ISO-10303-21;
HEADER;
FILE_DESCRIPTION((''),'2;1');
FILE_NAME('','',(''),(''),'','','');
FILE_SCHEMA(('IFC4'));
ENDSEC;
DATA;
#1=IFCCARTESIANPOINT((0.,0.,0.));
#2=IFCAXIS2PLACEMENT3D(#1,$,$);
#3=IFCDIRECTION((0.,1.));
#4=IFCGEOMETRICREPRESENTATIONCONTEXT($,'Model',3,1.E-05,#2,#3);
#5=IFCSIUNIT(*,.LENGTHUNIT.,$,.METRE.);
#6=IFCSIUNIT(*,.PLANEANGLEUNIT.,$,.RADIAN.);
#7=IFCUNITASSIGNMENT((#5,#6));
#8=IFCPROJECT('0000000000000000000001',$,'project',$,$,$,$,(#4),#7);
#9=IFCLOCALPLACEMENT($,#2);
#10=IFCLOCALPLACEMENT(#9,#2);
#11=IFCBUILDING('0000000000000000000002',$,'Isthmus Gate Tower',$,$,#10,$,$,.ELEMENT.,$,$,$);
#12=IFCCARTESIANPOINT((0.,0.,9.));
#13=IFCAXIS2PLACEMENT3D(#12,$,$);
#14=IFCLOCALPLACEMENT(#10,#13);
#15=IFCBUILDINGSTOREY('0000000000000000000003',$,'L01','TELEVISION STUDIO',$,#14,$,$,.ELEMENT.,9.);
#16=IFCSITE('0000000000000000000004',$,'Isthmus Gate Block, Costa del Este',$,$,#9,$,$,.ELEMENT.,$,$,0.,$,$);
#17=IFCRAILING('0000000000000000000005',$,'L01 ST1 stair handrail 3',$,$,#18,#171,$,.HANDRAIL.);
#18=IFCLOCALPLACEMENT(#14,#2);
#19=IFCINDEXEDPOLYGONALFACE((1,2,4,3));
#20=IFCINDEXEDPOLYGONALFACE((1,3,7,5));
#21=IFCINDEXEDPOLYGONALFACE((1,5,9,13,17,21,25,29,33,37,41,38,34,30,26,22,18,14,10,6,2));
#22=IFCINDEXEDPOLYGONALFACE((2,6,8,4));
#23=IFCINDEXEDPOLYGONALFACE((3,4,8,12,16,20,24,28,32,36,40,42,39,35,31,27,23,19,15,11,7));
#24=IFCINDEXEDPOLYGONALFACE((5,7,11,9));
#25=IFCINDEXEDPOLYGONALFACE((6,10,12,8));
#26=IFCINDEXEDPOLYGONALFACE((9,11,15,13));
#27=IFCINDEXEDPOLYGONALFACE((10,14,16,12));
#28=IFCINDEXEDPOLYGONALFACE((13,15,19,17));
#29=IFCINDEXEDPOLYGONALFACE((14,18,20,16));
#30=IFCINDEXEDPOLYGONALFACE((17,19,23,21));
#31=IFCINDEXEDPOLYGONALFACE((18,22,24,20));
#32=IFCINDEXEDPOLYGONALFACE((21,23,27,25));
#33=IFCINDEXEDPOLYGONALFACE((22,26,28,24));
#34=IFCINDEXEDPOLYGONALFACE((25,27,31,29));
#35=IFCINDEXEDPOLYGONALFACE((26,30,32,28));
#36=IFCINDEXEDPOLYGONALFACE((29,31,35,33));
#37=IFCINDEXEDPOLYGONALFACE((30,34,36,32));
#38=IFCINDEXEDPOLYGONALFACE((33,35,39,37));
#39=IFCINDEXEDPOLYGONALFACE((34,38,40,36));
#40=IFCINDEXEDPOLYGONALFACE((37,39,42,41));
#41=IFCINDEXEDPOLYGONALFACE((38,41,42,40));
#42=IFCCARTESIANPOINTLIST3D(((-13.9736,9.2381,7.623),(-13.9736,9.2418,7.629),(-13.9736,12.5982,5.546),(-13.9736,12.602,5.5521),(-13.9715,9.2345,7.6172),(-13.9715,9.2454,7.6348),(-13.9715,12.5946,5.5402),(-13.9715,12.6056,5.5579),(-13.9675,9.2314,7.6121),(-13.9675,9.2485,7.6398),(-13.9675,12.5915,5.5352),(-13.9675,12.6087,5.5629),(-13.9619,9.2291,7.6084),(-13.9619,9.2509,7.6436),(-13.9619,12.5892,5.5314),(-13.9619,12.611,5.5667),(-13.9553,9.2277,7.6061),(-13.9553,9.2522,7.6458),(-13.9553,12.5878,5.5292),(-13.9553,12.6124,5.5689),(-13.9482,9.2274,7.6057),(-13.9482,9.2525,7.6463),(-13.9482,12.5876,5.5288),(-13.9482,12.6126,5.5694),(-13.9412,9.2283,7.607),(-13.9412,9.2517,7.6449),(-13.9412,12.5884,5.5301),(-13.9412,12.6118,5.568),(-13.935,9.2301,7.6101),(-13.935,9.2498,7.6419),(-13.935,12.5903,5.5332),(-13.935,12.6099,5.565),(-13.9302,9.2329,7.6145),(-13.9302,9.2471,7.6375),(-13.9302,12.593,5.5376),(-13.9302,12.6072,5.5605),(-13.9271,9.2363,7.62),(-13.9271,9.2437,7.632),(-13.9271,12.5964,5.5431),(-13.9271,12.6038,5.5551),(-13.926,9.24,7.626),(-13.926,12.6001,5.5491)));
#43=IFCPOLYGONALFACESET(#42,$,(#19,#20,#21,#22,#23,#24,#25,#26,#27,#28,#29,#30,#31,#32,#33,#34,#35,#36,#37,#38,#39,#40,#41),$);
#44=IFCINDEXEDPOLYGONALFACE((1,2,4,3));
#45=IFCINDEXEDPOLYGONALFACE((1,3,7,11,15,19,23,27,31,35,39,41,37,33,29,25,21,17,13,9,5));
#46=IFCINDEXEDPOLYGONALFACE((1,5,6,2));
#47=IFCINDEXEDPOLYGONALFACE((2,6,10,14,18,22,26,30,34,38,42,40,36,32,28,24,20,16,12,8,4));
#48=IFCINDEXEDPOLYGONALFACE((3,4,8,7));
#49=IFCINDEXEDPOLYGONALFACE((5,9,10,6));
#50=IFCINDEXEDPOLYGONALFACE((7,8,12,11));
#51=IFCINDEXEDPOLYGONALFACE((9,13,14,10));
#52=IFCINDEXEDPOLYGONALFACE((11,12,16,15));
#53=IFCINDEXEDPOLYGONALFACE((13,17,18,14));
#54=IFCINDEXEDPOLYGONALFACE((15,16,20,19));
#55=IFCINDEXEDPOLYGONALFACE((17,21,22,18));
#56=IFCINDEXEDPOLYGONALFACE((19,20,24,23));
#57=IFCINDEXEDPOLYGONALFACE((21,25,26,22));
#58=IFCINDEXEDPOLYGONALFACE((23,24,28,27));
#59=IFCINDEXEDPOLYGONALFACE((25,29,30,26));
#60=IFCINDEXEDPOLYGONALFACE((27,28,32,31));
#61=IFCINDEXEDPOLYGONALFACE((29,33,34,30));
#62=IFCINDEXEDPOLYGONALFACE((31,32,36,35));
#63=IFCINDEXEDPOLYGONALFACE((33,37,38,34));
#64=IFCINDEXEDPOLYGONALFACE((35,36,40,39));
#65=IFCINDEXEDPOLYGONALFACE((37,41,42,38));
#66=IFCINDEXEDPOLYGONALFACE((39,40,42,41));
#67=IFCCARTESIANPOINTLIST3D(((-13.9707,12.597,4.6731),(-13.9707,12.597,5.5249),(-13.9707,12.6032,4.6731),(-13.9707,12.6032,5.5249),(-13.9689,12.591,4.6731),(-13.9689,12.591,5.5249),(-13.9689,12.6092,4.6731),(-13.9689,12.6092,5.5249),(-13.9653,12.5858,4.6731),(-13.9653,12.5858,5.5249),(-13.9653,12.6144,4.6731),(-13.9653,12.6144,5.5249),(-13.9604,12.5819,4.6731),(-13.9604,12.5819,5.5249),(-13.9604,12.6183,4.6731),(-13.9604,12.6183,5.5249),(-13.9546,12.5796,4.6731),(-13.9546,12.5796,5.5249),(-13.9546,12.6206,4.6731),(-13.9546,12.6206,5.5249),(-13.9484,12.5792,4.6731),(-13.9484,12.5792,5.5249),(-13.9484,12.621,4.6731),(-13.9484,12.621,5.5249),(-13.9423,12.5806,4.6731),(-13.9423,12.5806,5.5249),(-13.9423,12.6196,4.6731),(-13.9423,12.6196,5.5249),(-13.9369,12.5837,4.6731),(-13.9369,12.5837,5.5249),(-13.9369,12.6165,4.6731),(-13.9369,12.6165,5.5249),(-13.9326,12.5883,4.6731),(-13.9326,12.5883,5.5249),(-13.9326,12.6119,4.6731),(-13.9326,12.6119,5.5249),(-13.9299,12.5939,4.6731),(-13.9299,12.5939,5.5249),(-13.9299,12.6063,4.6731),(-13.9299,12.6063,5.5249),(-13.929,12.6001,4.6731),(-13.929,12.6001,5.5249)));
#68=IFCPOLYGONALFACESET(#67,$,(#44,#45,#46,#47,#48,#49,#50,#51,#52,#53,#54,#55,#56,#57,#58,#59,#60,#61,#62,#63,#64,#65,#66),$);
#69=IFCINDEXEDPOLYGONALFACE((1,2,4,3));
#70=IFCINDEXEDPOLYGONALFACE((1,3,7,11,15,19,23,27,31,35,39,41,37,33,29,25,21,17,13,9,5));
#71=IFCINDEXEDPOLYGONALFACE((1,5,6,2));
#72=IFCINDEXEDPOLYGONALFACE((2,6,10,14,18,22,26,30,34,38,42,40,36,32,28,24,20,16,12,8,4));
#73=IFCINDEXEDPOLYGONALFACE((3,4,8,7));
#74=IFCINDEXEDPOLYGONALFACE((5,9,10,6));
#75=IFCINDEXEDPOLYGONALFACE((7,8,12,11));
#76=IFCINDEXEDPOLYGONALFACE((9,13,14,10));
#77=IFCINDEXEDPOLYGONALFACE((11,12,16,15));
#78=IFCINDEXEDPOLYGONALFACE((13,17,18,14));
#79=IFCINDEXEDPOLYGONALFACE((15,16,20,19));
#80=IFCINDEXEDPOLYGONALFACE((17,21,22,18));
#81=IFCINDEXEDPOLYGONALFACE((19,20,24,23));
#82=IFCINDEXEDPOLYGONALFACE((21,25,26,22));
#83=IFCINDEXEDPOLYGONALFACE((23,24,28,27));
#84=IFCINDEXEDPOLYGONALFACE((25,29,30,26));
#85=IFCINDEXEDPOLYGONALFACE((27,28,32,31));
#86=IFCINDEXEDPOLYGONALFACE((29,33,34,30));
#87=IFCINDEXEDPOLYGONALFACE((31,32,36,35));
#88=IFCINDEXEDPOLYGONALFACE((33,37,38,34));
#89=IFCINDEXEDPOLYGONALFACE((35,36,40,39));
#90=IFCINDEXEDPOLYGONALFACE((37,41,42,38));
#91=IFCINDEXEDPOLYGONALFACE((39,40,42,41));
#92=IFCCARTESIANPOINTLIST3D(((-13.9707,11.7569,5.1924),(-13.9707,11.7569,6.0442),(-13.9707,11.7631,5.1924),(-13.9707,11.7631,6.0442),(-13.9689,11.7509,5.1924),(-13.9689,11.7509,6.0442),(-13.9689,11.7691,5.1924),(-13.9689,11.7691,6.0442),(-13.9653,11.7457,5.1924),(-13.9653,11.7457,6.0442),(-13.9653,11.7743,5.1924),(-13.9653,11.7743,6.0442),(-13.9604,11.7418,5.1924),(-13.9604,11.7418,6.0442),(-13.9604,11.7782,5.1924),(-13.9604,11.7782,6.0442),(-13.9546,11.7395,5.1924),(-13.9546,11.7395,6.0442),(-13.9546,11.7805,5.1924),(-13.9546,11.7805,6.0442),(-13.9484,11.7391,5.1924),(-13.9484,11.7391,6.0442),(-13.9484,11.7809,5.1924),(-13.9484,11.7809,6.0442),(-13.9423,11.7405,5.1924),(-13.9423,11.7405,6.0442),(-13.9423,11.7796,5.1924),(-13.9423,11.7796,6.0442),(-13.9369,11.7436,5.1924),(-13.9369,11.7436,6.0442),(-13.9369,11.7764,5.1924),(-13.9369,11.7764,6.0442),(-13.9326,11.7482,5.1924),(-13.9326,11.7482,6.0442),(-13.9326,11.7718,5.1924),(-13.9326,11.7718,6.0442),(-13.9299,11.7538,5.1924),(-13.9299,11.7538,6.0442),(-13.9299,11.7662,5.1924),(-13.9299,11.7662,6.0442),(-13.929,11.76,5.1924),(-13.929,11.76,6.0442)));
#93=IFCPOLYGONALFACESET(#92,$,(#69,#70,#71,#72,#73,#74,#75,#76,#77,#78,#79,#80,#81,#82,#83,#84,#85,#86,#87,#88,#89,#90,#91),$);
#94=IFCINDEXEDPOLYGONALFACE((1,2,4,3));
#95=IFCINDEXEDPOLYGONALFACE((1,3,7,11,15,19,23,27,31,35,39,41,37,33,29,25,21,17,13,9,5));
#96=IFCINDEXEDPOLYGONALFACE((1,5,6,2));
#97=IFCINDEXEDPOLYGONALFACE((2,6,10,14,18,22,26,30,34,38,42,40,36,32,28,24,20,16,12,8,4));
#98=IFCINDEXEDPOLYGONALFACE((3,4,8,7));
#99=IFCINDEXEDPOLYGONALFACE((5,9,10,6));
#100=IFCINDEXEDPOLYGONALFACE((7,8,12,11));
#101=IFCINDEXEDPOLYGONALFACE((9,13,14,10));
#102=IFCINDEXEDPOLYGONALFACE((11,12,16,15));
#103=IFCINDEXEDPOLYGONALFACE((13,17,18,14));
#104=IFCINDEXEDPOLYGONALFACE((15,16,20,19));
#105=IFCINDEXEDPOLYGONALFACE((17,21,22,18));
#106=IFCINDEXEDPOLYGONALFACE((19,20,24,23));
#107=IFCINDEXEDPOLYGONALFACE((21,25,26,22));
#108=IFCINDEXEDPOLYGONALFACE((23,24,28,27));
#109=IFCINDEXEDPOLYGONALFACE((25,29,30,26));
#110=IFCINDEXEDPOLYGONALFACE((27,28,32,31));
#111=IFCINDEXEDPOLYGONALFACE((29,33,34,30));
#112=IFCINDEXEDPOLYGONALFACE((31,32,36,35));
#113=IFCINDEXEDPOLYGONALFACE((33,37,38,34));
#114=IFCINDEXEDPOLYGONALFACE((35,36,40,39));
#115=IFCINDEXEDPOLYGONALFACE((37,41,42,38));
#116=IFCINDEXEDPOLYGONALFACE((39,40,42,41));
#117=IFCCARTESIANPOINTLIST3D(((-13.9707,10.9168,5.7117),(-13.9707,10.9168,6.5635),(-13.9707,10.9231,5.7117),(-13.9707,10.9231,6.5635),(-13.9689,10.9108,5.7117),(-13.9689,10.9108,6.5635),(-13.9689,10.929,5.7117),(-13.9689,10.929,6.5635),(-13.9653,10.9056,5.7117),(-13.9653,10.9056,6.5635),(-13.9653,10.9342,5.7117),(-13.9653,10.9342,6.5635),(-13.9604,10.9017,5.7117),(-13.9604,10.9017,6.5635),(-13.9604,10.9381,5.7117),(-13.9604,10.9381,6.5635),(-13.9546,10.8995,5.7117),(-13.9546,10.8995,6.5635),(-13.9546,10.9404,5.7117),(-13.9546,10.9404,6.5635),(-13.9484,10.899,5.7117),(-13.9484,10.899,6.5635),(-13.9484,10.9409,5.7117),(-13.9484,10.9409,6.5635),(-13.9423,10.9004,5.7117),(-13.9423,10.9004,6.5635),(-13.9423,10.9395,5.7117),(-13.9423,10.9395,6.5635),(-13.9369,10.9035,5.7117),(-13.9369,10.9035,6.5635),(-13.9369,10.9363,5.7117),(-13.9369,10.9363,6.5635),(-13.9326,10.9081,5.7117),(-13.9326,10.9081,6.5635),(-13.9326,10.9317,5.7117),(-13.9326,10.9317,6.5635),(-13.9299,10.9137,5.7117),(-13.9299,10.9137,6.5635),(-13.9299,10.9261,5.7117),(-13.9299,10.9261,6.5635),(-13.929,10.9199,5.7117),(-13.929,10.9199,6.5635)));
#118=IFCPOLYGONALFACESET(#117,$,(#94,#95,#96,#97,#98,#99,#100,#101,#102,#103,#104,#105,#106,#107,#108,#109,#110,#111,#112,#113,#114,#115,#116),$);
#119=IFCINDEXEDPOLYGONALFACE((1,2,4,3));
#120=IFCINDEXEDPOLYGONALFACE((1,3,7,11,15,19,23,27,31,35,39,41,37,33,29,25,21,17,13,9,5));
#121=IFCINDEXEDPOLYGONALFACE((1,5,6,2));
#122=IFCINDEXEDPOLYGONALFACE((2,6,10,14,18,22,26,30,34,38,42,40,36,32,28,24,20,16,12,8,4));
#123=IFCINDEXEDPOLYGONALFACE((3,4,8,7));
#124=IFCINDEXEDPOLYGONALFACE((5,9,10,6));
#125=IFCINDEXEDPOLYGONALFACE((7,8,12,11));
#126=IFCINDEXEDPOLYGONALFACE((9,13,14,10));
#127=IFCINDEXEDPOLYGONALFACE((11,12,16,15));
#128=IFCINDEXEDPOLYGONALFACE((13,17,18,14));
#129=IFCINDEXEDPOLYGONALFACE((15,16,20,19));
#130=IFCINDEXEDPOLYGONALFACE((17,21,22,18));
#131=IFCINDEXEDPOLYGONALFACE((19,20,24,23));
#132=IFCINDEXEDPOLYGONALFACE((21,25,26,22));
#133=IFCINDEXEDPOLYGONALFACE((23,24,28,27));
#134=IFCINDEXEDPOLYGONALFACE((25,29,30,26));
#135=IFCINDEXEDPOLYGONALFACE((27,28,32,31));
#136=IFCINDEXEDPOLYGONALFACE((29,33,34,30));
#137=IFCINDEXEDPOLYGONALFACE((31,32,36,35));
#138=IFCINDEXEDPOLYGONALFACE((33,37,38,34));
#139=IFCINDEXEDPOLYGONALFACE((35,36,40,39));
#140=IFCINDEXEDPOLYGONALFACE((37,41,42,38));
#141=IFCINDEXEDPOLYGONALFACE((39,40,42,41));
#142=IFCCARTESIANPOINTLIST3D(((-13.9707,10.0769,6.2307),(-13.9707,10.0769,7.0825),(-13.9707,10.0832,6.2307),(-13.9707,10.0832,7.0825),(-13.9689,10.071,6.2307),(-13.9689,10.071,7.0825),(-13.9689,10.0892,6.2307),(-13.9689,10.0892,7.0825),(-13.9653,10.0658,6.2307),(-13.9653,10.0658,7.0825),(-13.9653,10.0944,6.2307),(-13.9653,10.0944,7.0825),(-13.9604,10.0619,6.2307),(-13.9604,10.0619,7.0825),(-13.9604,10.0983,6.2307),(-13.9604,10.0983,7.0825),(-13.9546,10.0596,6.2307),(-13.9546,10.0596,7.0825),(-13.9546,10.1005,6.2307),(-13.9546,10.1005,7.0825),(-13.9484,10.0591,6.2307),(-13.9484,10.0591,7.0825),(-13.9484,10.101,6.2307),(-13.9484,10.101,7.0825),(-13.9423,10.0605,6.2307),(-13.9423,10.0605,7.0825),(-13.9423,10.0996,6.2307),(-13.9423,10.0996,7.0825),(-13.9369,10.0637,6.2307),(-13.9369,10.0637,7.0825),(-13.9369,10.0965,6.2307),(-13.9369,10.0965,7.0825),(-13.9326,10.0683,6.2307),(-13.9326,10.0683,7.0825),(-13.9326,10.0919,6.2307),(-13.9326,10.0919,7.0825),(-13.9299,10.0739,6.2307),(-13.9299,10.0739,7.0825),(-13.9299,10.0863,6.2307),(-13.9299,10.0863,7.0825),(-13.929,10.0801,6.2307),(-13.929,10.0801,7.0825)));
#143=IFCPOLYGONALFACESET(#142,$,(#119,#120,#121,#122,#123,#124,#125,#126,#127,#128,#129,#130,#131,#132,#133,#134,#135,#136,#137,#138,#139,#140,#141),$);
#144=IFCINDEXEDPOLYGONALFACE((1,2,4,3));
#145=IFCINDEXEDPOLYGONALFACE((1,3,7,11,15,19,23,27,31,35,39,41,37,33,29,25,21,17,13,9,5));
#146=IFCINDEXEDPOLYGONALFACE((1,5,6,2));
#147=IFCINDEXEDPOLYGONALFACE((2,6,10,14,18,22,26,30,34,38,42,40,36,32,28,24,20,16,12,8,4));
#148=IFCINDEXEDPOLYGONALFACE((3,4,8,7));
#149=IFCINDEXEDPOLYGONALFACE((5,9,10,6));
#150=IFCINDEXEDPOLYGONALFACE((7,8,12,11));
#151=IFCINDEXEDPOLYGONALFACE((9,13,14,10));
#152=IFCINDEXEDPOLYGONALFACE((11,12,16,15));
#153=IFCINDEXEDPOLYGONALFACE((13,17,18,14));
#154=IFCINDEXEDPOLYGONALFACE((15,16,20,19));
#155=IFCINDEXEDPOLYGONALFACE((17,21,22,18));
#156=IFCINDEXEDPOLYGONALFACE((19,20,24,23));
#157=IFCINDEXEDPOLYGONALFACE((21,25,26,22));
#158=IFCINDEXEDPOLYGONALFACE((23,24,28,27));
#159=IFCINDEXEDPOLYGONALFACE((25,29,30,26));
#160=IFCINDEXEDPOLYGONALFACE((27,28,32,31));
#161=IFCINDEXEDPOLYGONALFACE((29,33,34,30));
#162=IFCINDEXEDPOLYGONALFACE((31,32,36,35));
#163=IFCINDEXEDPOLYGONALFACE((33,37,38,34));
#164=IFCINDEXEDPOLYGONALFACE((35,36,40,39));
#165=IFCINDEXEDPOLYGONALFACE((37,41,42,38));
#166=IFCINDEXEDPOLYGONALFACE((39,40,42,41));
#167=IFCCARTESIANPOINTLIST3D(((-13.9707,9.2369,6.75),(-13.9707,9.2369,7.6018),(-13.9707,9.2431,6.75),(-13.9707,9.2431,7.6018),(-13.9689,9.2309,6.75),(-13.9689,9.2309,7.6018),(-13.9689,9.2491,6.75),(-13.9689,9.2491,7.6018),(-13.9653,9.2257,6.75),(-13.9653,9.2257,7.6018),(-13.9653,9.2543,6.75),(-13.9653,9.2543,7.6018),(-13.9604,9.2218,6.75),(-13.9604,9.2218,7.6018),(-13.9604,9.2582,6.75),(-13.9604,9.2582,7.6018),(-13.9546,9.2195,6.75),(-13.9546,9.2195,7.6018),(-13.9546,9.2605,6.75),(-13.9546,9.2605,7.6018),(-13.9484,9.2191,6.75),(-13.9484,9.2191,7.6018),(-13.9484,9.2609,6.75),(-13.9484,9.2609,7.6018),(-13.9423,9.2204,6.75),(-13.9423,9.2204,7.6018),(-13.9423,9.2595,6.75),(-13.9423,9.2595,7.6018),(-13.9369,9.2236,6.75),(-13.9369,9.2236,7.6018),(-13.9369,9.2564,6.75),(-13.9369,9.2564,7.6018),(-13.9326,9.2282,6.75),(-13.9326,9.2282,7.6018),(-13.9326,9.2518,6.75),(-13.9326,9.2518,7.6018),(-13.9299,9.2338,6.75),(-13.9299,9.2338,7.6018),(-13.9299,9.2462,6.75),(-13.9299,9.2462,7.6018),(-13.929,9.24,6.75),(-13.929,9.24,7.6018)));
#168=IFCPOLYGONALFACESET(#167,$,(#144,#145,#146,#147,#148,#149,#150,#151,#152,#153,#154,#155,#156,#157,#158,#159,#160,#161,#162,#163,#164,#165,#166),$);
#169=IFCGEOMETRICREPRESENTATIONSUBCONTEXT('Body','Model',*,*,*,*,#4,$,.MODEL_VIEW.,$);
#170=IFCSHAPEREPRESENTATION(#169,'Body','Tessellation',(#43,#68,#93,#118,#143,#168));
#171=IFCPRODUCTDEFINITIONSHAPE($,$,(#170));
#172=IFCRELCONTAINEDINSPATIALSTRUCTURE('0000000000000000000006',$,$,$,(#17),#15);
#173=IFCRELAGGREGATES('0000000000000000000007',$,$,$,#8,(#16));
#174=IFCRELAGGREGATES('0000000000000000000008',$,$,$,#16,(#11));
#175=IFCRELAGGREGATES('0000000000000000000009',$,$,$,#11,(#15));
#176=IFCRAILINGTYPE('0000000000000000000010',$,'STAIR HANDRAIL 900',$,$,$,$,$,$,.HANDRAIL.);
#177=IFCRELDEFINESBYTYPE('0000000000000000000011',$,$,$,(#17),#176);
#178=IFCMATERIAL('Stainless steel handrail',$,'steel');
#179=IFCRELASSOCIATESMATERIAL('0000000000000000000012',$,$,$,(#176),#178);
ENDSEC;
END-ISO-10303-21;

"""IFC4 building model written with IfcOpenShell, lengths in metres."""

from ifc_helpers import new_model, si_unit, direction, frame, origin, origin_2d, place, context, subcontext, project, spatial, circle, extrude, material, type_object, element, save


model = new_model("IFC4")

# Units and contexts
model_context = context("Model", 3, precision=1e-05, world=origin(), true_north=direction((0.0, 1.0)))
body_context = subcontext(model_context, "Body", "Model", "MODEL_VIEW")
ifc_project = project(units=[si_unit("LENGTHUNIT", "METRE"), si_unit("PLANEANGLEUNIT", "RADIAN")], contexts=[model_context])

# Site, building, storey
site_placement = place(None, origin())
site = spatial("IfcSite", under=ifc_project, at=site_placement, Name="Isthmus Gate Block, Costa del Este", CompositionType="ELEMENT", RefElevation=0.0)
building_placement = place(site_placement, origin())
building = spatial("IfcBuilding", under=site, at=building_placement, Name="Isthmus Gate Tower", CompositionType="ELEMENT")
storey_placement = place(building_placement, frame((0.0, 0.0, 9.0)))
storey = spatial("IfcBuildingStorey", under=building, at=storey_placement, Name="L01", Description="TELEVISION STUDIO", CompositionType="ELEMENT", Elevation=9.0)

# Railing
ifc_material_1 = material(Name="Stainless steel handrail", Category="steel")
railing_type_1 = type_object("IfcRailingType", Name="STAIR HANDRAIL 900", PredefinedType="HANDRAIL", material=ifc_material_1)
for number, where, name in (
    (1, (-13.95, 12.6001, 4.6731), "L01 ST1 stair handrail 3"),
):
    element("IfcRailing", number, at=place(storey_placement, frame(where)), inside=storey, type_object=railing_type_1, Name=name, PredefinedType="HANDRAIL", context=body_context, shape_type="SweptSolid", body=[
        extrude(circle(Radius=0.0239, at=origin_2d()), frame((0.0, 0.0, 0.876), z_axis=(0.0, -0.850623, 0.525776), x_axis=(1.0, 0.0, 0.0)), (0.0, 0.0, 1.0), 3.9502),
        extrude(circle(Radius=0.021, at=origin_2d()), origin(), (0.0, 0.0, 1.0), 0.8518),
        extrude(circle(Radius=0.021, at=origin_2d()), frame((0.0, -0.8401, 0.5193)), (0.0, 0.0, 1.0), 0.8518),
        extrude(circle(Radius=0.021, at=origin_2d()), frame((0.0, -1.6802, 1.0386)), (0.0, 0.0, 1.0), 0.8518),
        extrude(circle(Radius=0.021, at=origin_2d()), frame((0.0, -2.52, 1.5576)), (0.0, 0.0, 1.0), 0.8518),
        extrude(circle(Radius=0.021, at=origin_2d()), frame((0.0, -3.3601, 2.0769)), (0.0, 0.0, 1.0), 0.8518),
    ])

save(model, "model.ifc")
